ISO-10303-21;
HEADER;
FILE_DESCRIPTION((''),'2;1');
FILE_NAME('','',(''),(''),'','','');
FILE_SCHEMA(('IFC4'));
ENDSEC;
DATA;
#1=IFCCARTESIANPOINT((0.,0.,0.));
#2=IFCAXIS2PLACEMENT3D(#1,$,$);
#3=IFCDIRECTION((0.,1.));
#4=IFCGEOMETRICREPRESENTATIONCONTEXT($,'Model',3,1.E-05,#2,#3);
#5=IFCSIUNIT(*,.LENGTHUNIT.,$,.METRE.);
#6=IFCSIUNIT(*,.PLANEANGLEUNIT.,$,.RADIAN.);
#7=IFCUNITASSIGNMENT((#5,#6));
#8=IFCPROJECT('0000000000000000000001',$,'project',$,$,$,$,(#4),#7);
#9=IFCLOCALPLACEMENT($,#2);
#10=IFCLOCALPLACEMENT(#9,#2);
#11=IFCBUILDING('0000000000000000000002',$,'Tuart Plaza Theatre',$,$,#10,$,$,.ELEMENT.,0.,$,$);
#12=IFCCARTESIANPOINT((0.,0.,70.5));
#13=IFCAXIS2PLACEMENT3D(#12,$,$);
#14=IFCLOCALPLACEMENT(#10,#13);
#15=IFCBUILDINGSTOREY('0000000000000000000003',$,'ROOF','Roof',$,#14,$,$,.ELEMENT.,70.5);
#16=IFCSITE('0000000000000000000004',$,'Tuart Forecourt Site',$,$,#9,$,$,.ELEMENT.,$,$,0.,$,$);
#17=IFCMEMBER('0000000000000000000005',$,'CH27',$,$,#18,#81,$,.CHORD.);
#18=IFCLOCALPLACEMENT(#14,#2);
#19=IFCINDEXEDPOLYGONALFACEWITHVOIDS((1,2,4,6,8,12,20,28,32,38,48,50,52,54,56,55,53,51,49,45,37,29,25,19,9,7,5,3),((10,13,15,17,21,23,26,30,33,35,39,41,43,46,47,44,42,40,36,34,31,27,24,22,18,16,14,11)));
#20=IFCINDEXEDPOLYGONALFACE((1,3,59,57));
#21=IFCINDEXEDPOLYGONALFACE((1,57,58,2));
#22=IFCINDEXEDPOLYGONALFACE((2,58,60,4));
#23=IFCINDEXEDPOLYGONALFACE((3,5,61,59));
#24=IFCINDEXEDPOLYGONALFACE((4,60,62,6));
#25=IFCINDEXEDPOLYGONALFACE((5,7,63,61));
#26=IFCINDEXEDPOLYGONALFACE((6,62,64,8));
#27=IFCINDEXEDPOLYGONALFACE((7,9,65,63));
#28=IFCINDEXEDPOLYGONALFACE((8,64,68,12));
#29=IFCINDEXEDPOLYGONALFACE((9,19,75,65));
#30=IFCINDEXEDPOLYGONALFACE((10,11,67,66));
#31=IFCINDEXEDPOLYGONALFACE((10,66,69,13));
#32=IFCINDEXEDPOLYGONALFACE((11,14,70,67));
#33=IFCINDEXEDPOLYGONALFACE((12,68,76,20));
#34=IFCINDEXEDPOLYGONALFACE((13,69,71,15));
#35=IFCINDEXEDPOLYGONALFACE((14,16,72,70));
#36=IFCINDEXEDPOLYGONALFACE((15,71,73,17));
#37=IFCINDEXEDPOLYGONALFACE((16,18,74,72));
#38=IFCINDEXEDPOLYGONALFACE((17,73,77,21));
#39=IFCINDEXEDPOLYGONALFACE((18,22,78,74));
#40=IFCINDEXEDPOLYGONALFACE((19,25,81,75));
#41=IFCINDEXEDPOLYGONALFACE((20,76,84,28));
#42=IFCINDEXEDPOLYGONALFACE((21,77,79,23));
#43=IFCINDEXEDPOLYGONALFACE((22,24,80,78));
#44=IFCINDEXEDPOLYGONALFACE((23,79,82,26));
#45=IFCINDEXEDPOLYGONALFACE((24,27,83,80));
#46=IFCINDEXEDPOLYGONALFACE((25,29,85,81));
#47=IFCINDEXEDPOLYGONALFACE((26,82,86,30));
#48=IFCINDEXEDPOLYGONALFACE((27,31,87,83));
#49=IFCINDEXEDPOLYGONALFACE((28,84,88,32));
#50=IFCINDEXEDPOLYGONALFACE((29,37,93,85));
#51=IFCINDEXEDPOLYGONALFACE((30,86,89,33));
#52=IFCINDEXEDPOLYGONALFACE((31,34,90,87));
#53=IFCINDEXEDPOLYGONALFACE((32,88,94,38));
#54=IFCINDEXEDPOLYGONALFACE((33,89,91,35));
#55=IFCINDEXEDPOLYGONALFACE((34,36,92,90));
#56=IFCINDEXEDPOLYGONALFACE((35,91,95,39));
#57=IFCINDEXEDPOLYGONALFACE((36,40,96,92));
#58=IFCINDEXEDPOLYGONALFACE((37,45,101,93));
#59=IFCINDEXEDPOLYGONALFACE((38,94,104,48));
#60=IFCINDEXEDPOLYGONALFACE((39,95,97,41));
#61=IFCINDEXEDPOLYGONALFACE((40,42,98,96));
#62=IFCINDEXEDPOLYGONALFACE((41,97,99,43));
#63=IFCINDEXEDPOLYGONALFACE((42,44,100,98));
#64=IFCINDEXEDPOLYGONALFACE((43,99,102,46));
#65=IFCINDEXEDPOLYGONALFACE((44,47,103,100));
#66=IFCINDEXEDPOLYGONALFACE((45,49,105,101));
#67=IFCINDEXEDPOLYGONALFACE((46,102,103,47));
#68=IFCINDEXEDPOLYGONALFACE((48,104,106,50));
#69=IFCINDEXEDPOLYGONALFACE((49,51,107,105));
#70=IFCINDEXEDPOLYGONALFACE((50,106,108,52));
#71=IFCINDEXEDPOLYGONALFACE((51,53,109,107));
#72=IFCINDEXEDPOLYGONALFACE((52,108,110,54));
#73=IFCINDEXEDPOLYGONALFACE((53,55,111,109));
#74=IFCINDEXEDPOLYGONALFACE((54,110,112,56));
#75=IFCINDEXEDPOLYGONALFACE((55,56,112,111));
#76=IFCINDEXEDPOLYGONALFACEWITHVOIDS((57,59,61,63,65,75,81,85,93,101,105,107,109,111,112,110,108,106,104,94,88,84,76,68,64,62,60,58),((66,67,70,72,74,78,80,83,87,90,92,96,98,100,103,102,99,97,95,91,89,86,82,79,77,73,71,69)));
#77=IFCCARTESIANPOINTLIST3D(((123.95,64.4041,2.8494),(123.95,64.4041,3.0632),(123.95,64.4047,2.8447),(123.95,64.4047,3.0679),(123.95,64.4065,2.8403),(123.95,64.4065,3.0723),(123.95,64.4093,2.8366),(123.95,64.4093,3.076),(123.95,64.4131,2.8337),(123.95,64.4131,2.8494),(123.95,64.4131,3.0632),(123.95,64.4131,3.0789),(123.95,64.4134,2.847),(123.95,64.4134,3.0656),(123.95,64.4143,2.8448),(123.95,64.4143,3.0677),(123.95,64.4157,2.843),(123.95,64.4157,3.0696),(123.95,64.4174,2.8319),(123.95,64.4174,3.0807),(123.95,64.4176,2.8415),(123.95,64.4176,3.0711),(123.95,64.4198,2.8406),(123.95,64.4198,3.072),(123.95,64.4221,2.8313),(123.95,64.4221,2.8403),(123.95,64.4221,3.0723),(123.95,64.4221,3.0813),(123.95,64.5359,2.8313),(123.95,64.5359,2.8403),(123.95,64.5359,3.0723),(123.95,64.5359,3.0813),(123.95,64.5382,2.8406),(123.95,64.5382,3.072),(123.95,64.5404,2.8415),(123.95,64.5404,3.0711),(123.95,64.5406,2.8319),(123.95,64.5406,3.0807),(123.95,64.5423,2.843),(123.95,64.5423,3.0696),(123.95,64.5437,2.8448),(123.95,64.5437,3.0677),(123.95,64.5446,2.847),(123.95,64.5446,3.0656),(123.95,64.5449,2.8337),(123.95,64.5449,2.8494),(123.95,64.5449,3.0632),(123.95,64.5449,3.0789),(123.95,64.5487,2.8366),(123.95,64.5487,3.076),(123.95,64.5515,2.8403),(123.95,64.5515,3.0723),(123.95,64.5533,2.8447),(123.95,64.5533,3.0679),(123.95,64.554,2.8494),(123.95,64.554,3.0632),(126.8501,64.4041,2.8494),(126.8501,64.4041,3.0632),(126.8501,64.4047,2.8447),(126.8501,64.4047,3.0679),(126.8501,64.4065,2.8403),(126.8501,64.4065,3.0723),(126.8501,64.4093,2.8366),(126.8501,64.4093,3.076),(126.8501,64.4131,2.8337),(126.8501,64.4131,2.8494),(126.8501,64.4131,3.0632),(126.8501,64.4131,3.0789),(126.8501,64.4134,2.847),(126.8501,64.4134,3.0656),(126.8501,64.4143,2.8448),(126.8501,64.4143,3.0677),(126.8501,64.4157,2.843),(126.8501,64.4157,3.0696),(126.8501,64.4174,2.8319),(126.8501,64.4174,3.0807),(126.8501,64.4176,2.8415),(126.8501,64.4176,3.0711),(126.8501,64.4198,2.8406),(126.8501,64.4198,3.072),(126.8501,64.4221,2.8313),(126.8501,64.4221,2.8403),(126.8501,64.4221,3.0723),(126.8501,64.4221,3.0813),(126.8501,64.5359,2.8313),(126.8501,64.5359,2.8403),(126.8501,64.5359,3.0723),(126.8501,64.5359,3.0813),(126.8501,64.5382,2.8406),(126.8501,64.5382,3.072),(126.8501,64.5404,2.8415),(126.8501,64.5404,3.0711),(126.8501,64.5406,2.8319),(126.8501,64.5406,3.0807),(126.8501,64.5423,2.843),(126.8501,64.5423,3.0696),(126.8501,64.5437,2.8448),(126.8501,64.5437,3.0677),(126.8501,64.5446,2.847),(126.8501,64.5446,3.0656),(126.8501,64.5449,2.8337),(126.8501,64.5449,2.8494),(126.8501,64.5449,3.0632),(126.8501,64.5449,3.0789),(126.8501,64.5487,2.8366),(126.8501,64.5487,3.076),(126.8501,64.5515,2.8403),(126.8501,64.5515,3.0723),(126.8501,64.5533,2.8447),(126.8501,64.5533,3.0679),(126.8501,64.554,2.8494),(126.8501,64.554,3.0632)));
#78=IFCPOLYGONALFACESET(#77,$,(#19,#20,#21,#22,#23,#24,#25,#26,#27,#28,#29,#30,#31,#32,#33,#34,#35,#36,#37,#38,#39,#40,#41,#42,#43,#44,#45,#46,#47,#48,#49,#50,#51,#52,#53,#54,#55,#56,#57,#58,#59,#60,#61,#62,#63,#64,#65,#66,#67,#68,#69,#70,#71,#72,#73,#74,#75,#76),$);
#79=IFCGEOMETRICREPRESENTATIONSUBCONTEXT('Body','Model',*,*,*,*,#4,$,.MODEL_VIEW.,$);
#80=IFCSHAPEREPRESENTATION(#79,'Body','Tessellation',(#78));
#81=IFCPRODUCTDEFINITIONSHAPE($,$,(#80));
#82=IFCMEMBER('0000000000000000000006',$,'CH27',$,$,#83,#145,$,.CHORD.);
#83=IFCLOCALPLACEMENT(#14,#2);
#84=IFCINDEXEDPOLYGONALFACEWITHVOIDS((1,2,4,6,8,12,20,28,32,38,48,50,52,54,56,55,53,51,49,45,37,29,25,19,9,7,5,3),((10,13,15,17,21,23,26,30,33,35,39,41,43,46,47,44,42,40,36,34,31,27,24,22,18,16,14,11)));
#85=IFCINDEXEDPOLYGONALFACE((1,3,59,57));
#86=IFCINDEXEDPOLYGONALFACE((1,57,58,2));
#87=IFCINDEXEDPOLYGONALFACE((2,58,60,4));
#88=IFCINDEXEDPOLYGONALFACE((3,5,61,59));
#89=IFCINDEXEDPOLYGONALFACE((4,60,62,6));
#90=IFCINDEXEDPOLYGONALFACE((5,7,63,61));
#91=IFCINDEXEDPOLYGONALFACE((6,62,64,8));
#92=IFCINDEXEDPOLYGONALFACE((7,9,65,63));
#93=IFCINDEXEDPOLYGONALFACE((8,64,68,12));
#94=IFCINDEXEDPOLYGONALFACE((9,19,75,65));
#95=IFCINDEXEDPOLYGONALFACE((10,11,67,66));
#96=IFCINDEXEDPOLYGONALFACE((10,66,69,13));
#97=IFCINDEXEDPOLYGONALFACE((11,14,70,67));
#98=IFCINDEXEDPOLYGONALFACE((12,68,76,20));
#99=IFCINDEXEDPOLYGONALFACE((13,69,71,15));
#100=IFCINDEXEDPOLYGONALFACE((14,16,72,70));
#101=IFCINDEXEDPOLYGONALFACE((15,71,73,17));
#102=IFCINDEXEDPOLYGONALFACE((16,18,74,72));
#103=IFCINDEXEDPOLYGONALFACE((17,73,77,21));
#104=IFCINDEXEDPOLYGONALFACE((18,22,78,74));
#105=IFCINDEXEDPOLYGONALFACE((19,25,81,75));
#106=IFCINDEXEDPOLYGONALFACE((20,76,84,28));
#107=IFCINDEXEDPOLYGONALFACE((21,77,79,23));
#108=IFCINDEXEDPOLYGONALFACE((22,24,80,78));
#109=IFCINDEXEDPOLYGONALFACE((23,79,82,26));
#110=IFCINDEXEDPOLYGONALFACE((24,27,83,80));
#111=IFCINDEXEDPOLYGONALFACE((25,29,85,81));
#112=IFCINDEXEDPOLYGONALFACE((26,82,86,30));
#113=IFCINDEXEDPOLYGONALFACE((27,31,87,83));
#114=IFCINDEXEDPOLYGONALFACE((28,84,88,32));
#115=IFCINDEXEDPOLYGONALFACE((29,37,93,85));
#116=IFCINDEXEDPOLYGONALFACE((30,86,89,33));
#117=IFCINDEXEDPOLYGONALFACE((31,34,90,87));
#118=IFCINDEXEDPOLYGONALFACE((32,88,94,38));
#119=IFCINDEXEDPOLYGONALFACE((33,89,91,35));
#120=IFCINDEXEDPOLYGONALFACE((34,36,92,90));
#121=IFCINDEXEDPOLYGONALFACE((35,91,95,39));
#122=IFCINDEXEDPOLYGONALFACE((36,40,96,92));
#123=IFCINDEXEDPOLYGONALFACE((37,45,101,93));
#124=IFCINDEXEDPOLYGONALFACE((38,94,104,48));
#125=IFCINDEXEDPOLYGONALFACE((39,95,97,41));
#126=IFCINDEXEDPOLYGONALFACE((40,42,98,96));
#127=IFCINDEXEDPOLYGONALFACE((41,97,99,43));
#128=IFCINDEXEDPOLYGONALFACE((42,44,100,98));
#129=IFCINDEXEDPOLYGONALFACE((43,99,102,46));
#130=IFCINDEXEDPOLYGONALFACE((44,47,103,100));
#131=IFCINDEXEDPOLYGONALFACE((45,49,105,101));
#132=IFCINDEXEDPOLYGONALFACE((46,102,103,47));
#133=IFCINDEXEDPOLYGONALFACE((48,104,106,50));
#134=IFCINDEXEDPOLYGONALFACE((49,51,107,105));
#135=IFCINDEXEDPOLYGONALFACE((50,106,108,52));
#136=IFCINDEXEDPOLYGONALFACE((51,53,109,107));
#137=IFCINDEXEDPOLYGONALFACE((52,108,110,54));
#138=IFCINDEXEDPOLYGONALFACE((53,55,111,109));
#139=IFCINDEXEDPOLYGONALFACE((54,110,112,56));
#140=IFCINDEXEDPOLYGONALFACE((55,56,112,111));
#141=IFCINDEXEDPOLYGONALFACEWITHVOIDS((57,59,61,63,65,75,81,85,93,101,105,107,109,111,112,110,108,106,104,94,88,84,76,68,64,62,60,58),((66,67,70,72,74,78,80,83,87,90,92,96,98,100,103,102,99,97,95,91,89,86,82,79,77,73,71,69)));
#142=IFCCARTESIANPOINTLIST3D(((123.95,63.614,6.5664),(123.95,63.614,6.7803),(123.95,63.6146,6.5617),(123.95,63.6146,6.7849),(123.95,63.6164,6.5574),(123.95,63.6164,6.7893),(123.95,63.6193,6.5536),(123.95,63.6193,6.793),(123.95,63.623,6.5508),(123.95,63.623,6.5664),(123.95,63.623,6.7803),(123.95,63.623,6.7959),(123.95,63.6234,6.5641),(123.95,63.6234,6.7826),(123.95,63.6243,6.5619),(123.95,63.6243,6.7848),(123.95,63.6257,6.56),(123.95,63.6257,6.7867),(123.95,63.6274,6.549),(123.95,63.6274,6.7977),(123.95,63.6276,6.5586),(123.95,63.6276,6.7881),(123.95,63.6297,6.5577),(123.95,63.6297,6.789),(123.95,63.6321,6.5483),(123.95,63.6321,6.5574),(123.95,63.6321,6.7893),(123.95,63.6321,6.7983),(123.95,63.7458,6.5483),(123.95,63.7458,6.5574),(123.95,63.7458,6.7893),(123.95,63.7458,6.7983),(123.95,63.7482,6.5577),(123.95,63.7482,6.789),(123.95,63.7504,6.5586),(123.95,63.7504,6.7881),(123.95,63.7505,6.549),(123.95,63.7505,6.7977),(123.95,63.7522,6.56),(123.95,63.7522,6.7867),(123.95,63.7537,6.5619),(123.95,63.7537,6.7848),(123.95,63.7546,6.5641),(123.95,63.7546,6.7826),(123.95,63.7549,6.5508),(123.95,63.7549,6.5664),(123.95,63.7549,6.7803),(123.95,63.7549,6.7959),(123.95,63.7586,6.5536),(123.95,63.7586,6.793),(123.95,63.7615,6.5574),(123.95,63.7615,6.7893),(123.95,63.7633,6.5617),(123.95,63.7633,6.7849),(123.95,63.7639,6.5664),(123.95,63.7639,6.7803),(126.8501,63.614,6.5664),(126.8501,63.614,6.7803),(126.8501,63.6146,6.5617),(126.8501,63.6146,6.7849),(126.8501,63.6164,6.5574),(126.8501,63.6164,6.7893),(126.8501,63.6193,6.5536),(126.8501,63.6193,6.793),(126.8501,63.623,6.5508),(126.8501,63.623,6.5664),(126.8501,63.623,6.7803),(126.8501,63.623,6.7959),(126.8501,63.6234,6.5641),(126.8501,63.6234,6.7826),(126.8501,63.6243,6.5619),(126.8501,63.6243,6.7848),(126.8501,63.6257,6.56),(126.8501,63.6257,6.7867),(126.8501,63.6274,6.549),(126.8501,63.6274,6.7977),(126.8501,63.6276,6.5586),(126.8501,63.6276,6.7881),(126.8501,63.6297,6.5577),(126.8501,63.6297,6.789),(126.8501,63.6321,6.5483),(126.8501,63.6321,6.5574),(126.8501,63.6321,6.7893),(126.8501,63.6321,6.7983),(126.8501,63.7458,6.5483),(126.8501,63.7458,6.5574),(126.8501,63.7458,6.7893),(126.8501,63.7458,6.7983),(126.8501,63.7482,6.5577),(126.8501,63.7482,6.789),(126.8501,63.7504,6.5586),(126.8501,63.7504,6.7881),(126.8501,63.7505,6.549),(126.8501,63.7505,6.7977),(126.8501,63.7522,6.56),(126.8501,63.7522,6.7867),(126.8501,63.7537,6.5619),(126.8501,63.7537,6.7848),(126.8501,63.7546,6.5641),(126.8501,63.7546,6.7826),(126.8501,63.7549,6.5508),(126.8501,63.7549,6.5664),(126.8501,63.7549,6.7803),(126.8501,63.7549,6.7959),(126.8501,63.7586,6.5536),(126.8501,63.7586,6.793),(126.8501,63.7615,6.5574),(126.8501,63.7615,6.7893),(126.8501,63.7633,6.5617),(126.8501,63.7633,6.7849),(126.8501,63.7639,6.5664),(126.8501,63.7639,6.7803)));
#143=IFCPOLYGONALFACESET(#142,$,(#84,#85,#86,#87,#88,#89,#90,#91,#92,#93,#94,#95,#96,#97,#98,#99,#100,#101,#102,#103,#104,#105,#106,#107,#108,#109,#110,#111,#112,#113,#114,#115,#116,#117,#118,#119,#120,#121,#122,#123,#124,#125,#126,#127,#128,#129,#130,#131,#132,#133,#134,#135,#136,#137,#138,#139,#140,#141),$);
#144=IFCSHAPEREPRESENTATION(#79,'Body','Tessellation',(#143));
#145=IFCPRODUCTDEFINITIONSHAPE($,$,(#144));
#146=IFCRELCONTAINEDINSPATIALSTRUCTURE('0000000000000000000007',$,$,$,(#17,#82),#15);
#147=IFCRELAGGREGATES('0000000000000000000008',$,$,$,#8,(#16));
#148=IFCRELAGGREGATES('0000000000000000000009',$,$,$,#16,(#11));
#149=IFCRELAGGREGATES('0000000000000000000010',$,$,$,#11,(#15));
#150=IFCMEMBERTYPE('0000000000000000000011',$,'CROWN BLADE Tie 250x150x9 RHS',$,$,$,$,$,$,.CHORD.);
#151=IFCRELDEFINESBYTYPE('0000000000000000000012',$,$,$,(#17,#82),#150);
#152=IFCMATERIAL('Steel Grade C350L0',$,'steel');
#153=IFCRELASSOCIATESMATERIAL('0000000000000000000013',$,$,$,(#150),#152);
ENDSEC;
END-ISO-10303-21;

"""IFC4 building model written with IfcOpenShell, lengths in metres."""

from ifc_helpers import new_model, si_unit, direction, frame, origin, origin_2d, place, context, subcontext, project, spatial, hollow_rectangle, extrude, material, material_profile, profile_set, type_object, element, save


model = new_model("IFC4")

# Units and contexts
model_context = context("Model", 3, precision=1e-05, world=origin(), true_north=direction((0.0, 1.0)))
body_context = subcontext(model_context, "Body", "Model", "MODEL_VIEW")
ifc_project = project(units=[si_unit("LENGTHUNIT", "METRE"), si_unit("PLANEANGLEUNIT", "RADIAN")], contexts=[model_context])

# Site, building, storey
site_placement = place(None, origin())
site = spatial("IfcSite", under=ifc_project, at=site_placement, Name="Tuart Forecourt Site", CompositionType="ELEMENT", RefElevation=0.0)
building_placement = place(site_placement, origin())
building = spatial("IfcBuilding", under=site, at=building_placement, Name="Tuart Plaza Theatre", CompositionType="ELEMENT", ElevationOfRefHeight=0.0)
storey_placement = place(building_placement, frame((0.0, 0.0, 70.5)))
storey = spatial("IfcBuildingStorey", under=building, at=storey_placement, Name="ROOF", Description="Roof", CompositionType="ELEMENT", Elevation=70.5)

# Members
ifc_material_1 = material(Name="Steel Grade C350L0", Category="steel")
ifc_material_profile_1 = material_profile(ifc_material_1, hollow_rectangle(XDim=0.1499, YDim=0.25, WallThickness=0.009, InnerFilletRadius=0.009, OuterFilletRadius=0.0181, at=origin_2d()), Name="250x150x9 RHS")
ifc_profile_set_1 = profile_set([ifc_material_profile_1], Name="Steel Grade C350L0")
member_type_1 = type_object("IfcMemberType", Name="CROWN BLADE Tie 250x150x9 RHS", PredefinedType="CHORD", material=ifc_profile_set_1)
for number, where, z_axis, x_axis, name in (
    (1, (123.95, 64.479, 2.9563), (1.0, 0.0, 0.0), (0.0, 1.0, 0.0), "CH27"),
    (2, (123.95, 63.689, 6.6733), (1.0, 0.0, 0.0), (0.0, 1.0, 0.0), "CH27"),
):
    element("IfcMember", number, at=place(storey_placement, frame(where, z_axis=z_axis, x_axis=x_axis)), inside=storey, type_object=member_type_1, Name=name, PredefinedType="CHORD", context=body_context, shape_type="SweptSolid", body=[
        extrude(hollow_rectangle(XDim=0.1499, YDim=0.25, WallThickness=0.009, InnerFilletRadius=0.009, OuterFilletRadius=0.0181, at=origin_2d()), origin(), (0.0, 0.0, 1.0), 2.9001),
    ])

save(model, "model.ifc")
